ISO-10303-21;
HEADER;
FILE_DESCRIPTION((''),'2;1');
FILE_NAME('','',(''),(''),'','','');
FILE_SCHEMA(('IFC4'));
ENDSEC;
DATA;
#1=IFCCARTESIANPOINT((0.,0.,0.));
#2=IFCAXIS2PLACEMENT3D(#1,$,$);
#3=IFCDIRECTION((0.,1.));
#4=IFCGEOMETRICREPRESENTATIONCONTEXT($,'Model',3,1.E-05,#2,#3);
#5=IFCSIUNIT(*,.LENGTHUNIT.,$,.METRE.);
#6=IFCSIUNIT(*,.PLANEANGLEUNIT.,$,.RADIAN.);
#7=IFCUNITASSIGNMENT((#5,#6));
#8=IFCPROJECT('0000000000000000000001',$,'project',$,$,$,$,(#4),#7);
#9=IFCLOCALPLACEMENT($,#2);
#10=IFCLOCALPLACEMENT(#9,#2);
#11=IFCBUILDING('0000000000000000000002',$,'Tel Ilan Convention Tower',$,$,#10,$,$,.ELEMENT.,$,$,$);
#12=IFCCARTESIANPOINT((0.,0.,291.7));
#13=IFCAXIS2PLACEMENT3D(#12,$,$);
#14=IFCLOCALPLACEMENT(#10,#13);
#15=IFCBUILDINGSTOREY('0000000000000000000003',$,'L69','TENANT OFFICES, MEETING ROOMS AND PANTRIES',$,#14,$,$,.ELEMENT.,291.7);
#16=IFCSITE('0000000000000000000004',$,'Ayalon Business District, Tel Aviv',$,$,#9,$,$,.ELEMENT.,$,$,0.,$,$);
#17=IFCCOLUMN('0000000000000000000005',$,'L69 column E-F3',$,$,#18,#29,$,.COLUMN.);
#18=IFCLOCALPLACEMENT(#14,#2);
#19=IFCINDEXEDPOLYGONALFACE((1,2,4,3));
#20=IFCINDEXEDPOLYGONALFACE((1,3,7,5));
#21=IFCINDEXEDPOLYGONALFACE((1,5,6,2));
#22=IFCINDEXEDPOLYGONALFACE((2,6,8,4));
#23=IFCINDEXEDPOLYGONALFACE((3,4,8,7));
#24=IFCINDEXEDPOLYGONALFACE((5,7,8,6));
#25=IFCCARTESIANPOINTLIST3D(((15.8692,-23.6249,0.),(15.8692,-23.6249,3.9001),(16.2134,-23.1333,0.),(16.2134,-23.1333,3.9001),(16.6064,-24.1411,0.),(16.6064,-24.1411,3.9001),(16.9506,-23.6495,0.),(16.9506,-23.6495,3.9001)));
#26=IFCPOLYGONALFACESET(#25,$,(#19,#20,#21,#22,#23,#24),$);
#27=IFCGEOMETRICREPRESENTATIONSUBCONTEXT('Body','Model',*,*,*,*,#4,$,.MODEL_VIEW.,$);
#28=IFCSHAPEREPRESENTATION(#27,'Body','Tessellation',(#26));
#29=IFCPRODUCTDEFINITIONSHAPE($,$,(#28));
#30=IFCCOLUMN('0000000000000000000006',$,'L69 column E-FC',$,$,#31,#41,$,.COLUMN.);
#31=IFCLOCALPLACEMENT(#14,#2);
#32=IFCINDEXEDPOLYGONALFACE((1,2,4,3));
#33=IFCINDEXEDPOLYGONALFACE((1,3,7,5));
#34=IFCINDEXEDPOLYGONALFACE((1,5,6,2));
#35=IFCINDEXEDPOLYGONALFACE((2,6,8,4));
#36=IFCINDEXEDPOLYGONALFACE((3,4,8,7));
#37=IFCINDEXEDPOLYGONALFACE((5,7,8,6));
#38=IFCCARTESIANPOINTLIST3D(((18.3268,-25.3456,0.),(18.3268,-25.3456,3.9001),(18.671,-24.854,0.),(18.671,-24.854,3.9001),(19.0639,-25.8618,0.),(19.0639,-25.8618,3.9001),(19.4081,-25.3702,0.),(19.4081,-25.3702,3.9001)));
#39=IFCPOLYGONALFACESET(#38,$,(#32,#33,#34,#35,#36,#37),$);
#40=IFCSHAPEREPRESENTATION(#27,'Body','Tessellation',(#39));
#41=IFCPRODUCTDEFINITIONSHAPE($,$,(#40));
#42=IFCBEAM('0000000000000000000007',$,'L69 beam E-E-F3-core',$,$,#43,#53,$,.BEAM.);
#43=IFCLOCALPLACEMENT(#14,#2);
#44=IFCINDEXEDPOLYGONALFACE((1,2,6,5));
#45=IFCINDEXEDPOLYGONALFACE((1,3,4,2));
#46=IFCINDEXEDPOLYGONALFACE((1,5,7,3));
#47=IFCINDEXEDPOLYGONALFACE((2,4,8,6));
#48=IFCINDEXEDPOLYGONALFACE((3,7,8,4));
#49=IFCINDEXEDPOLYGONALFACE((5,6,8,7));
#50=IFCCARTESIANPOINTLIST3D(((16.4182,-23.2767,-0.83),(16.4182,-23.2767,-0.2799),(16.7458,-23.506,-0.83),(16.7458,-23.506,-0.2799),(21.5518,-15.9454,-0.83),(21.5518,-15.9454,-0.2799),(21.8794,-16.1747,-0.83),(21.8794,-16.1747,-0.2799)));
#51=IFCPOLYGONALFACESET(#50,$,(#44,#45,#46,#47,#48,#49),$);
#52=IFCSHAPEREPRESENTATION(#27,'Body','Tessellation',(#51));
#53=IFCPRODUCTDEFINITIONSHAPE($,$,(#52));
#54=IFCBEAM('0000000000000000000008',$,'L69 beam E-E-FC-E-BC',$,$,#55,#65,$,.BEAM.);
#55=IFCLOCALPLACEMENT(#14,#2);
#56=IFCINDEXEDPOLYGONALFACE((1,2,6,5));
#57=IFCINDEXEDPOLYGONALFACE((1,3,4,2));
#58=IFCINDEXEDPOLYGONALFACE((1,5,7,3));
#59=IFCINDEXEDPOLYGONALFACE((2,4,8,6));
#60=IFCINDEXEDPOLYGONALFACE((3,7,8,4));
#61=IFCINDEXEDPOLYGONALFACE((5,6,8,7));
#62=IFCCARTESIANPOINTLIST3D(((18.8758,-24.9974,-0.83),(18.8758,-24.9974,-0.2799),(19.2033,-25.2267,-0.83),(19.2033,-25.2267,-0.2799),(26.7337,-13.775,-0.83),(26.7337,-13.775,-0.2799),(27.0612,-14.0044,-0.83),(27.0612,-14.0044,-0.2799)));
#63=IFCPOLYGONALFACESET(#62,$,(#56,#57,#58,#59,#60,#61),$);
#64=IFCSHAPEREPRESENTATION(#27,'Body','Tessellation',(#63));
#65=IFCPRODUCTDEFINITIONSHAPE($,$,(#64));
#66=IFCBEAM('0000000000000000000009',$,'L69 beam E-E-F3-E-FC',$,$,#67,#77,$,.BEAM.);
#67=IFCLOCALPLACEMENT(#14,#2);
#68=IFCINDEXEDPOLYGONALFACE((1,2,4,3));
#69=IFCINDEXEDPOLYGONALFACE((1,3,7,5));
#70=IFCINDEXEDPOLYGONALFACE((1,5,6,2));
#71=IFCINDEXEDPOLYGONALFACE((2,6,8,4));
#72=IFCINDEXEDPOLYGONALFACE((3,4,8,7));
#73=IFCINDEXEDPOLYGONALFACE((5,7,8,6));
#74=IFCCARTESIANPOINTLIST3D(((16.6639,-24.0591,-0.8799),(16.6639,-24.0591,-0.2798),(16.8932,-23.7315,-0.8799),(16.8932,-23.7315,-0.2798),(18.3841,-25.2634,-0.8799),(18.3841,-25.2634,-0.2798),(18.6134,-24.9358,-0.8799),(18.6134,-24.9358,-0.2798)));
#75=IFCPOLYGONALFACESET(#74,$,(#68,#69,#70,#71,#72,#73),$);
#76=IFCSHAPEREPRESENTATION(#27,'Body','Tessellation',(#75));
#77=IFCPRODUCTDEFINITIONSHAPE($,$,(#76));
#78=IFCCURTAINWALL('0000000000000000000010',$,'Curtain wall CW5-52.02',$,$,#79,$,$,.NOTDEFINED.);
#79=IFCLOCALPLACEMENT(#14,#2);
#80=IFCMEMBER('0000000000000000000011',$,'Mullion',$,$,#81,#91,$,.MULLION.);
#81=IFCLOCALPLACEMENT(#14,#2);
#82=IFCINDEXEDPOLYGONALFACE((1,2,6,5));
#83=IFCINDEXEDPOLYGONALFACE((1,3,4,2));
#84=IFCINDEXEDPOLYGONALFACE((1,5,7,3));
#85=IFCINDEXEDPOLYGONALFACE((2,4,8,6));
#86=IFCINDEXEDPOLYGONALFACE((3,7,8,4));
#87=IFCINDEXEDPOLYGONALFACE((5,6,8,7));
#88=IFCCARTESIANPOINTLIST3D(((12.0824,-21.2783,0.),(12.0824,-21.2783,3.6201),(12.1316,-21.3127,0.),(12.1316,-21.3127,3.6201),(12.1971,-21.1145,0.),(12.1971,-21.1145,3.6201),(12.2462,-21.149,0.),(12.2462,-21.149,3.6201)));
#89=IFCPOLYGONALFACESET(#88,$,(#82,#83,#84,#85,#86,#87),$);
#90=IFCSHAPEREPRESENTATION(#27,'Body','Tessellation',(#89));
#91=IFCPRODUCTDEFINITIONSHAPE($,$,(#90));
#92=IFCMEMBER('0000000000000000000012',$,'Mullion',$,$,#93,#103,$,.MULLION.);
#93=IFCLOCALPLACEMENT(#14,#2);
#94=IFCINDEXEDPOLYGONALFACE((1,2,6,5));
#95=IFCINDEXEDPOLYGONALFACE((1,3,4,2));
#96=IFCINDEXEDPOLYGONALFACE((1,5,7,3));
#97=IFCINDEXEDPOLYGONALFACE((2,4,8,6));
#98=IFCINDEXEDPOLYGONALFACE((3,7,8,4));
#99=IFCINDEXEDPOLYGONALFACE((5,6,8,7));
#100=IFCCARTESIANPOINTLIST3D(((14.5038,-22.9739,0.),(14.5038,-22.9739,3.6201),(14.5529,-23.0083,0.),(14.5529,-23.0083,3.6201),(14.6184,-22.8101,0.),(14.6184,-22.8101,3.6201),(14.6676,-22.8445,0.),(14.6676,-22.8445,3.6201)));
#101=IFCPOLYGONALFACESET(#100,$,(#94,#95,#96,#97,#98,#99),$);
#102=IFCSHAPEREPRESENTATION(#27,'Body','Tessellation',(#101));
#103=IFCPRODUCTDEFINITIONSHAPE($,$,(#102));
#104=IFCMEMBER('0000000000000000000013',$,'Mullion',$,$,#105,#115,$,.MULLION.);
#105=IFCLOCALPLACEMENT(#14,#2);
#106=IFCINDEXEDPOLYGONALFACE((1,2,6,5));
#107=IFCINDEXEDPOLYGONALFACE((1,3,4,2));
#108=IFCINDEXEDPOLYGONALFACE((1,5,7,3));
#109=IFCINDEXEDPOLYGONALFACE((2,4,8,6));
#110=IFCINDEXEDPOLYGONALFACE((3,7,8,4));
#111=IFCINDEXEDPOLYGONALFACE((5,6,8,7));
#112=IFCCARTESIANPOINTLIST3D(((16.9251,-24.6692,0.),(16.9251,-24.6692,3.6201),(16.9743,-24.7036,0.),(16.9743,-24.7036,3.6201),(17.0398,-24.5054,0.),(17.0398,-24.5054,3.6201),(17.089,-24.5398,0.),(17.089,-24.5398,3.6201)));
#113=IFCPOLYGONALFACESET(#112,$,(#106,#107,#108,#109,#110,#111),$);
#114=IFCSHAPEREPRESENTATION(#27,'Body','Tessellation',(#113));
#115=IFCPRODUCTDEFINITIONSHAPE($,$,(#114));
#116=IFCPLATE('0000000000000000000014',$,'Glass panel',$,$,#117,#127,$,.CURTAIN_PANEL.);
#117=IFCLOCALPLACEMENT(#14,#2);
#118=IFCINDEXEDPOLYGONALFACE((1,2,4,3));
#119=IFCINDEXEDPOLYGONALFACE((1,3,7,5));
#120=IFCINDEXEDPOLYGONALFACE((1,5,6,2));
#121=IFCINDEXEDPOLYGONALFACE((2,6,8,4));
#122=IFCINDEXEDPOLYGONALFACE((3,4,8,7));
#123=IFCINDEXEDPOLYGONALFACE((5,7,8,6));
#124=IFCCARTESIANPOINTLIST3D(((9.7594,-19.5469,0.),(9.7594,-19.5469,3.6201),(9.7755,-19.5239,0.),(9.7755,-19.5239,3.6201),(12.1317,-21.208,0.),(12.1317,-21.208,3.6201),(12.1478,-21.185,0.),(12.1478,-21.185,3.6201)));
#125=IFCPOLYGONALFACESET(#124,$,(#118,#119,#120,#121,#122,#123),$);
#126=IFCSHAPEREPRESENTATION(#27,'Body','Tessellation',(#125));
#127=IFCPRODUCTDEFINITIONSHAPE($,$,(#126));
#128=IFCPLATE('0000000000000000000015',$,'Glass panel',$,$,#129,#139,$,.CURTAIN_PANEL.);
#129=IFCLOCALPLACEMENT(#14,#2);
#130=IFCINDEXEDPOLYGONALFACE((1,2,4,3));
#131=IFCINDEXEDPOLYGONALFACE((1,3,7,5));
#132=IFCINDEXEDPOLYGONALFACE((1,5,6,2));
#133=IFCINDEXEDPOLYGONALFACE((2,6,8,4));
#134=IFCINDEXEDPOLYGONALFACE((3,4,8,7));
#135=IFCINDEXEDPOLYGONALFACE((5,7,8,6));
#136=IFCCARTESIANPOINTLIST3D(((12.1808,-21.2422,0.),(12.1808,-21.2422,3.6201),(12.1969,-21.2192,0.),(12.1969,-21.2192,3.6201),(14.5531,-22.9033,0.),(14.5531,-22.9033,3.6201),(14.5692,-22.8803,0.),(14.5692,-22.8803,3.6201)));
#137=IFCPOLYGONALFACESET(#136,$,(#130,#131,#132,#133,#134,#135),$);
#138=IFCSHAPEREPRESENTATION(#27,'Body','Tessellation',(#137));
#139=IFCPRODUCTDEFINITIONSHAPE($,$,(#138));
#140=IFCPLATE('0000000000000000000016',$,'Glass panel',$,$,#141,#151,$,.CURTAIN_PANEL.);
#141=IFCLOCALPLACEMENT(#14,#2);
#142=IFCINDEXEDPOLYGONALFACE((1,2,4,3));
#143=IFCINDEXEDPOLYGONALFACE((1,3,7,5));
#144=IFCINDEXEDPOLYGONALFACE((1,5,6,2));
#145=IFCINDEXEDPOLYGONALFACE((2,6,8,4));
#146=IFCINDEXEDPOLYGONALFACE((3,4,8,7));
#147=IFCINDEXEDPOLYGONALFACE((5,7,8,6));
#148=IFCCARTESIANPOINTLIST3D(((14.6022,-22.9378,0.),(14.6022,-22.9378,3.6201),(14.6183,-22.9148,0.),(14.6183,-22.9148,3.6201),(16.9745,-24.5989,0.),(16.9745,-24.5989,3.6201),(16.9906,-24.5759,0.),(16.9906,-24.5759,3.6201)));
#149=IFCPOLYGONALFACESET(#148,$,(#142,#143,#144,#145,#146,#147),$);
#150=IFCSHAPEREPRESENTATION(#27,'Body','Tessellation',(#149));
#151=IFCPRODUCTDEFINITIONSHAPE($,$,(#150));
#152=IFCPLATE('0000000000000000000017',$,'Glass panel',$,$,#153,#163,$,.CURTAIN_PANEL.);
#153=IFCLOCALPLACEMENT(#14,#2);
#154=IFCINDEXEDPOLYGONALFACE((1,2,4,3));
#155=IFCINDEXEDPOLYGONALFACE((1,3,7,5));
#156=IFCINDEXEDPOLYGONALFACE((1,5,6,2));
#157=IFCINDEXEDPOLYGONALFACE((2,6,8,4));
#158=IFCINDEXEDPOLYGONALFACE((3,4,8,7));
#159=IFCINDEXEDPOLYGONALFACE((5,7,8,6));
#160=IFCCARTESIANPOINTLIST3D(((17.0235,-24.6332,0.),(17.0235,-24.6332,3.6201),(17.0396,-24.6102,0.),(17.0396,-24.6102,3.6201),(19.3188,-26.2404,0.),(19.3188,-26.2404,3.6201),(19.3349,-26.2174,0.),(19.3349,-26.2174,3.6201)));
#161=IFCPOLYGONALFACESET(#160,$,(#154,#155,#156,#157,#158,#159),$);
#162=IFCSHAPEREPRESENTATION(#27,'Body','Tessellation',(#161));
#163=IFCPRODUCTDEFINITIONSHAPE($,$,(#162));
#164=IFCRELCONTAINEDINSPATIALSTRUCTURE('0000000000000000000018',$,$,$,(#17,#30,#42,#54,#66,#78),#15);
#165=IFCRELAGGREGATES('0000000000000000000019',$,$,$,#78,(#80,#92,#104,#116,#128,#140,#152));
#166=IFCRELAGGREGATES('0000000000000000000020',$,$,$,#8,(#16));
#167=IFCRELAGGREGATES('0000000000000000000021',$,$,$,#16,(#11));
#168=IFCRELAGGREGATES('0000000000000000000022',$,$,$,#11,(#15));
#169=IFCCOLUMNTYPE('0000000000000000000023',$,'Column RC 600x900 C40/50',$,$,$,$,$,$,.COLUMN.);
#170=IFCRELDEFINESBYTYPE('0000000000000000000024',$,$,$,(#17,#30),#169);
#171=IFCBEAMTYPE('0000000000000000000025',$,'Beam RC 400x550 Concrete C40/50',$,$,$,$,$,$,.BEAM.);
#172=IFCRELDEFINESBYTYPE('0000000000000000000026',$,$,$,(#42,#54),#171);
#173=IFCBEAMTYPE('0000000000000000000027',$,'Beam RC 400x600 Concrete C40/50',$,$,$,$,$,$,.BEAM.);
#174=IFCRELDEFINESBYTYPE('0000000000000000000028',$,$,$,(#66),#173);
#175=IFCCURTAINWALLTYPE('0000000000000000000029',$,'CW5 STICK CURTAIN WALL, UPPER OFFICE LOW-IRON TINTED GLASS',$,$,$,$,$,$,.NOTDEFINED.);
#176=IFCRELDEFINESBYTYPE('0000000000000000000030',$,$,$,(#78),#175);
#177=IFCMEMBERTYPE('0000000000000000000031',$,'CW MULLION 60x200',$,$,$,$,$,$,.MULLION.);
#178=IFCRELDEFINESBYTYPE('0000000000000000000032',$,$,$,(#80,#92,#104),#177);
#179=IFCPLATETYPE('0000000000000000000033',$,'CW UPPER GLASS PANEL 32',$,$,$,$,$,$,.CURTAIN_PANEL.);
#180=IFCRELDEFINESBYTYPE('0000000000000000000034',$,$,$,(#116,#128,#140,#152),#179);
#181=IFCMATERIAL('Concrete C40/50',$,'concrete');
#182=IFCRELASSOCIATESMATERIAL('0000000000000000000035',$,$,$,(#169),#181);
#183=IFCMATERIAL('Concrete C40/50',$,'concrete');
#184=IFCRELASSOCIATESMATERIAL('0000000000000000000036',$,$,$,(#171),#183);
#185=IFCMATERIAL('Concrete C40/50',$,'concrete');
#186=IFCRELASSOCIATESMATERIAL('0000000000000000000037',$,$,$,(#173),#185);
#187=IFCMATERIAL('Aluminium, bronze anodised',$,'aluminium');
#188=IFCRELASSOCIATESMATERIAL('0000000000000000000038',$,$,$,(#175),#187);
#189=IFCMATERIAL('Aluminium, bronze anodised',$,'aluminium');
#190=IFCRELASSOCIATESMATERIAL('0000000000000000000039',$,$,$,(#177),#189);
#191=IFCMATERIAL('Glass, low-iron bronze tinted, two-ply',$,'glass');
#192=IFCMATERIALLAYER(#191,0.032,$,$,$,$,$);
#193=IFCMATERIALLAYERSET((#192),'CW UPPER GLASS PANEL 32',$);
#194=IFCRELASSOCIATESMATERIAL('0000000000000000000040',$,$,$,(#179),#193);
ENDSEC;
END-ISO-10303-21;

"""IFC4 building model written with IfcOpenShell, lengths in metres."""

from ifc_helpers import new_model, si_unit, direction, frame, origin, origin_2d, place, context, subcontext, project, spatial, rectangle, extrude, material, layer, layer_set, material_profile, profile_set, type_object, element, aggregate, save


model = new_model("IFC4")

# Units and contexts
model_context = context("Model", 3, precision=1e-05, world=origin(), true_north=direction((0.0, 1.0)))
body_context = subcontext(model_context, "Body", "Model", "MODEL_VIEW")
ifc_project = project(units=[si_unit("LENGTHUNIT", "METRE"), si_unit("PLANEANGLEUNIT", "RADIAN")], contexts=[model_context])

# Site, building, storey
site_placement = place(None, origin())
site = spatial("IfcSite", under=ifc_project, at=site_placement, Name="Ayalon Business District, Tel Aviv", CompositionType="ELEMENT", RefElevation=0.0)
building_placement = place(site_placement, origin())
building = spatial("IfcBuilding", under=site, at=building_placement, Name="Tel Ilan Convention Tower", CompositionType="ELEMENT")
storey_placement = place(building_placement, frame((0.0, 0.0, 291.7)))
storey = spatial("IfcBuildingStorey", under=building, at=storey_placement, Name="L69", Description="TENANT OFFICES, MEETING ROOMS AND PANTRIES", CompositionType="ELEMENT", Elevation=291.7)

# Columns
ifc_material_1 = material(Name="Concrete C40/50", Category="concrete")
ifc_material_profile_1 = material_profile(ifc_material_1, rectangle(XDim=0.8999, YDim=0.6001, at=origin_2d()), Name="RC 600x900")
ifc_profile_set_1 = profile_set([ifc_material_profile_1], Name="Concrete C40/50")
column_type = type_object("IfcColumnType", Name="Column RC 600x900 C40/50", PredefinedType="COLUMN", material=ifc_profile_set_1)
for number, where, z_axis, x_axis, name in (
    (1, (16.4099, -23.6372, 0.0), (0.0, 0.0, 1.0), (0.819152, -0.573576, 0.0), "L69 column E-F3"),
    (2, (18.8674, -25.3579, 0.0), (0.0, 0.0, 1.0), (0.819152, -0.573576, 0.0), "L69 column E-FC"),
):
    element("IfcColumn", number, at=place(storey_placement, frame(where, z_axis=z_axis, x_axis=x_axis)), inside=storey, type_object=column_type, Name=name, PredefinedType="COLUMN", context=body_context, shape_type="SweptSolid", body=[
        extrude(rectangle(XDim=0.8999, YDim=0.6001, at=origin_2d()), origin(), (0.0, 0.0, 1.0), 3.9001),
    ])

# Beams
ifc_material_2 = material(Name="Concrete C40/50", Category="concrete")
ifc_material_profile_2 = material_profile(ifc_material_2, rectangle(XDim=0.3999, YDim=0.55, at=origin_2d()), Name="RC 400x550")
ifc_profile_set_2 = profile_set([ifc_material_profile_2], Name="Concrete C40/50")
beam_type_1 = type_object("IfcBeamType", Name="Beam RC 400x550 Concrete C40/50", PredefinedType="BEAM", material=ifc_profile_set_2)
beam_1_placement = place(storey_placement, frame((16.582, -23.3914, -0.5549), z_axis=(0.573585, 0.819146, 0.0), x_axis=(-0.819146, 0.573585, 0.0)))
element("IfcBeam", 3, at=beam_1_placement, inside=storey, type_object=beam_type_1, Name="L69 beam E-E-F3-core", PredefinedType="BEAM", context=body_context, shape_type="SweptSolid", body=[
    extrude(rectangle(XDim=0.3999, YDim=0.55, at=origin_2d()), origin(), (0.0, 0.0, 1.0), 8.95),
])
beam_2_placement = place(storey_placement, frame((19.0396, -25.1121, -0.5549), z_axis=(0.573571, 0.819156, 0.0), x_axis=(-0.819156, 0.573571, 0.0)))
element("IfcBeam", 4, at=beam_2_placement, inside=storey, type_object=beam_type_1, Name="L69 beam E-E-FC-E-BC", PredefinedType="BEAM", context=body_context, shape_type="SweptSolid", body=[
    extrude(rectangle(XDim=0.3999, YDim=0.55, at=origin_2d()), origin(), (0.0, 0.0, 1.0), 13.7),
])
ifc_material_3 = material(Name="Concrete C40/50", Category="concrete")
ifc_material_profile_3 = material_profile(ifc_material_3, rectangle(XDim=0.3999, YDim=0.6001, at=origin_2d()), Name="RC 400x600")
ifc_profile_set_3 = profile_set([ifc_material_profile_3], Name="Concrete C40/50")
beam_type_2 = type_object("IfcBeamType", Name="Beam RC 400x600 Concrete C40/50", PredefinedType="BEAM", material=ifc_profile_set_3)
beam_3_placement = place(storey_placement, frame((16.7786, -23.8953, -0.5798), z_axis=(0.819188, -0.573525, 0.0), x_axis=(0.573525, 0.819188, 0.0)))
element("IfcBeam", 5, at=beam_3_placement, inside=storey, type_object=beam_type_2, Name="L69 beam E-E-F3-E-FC", PredefinedType="BEAM", context=body_context, shape_type="SweptSolid", body=[
    extrude(rectangle(XDim=0.3999, YDim=0.6001, at=origin_2d()), origin(), (0.0, 0.0, 1.0), 2.0999),
])

# Curtain wall, members, plates
ifc_material_4 = material(Name="Aluminium, bronze anodised", Category="aluminium")
curtain_wall_type = type_object("IfcCurtainWallType", Name="CW5 STICK CURTAIN WALL, UPPER OFFICE LOW-IRON TINTED GLASS", PredefinedType="NOTDEFINED", material=ifc_material_4)
curtain_wall_placement = place(storey_placement, origin())
curtain_wall = element("IfcCurtainWall", 6, at=curtain_wall_placement, inside=storey, type_object=curtain_wall_type, Name="Curtain wall CW5-52.02", PredefinedType="NOTDEFINED")
ifc_material_5 = material(Name="Aluminium, bronze anodised", Category="aluminium")
ifc_material_profile_4 = material_profile(ifc_material_5, rectangle(XDim=0.0601, YDim=0.2, at=origin_2d()), Name="CW MULLION 60x200")
ifc_profile_set_4 = profile_set([ifc_material_profile_4], Name="Aluminium, bronze anodised")
member_type = type_object("IfcMemberType", Name="CW MULLION 60x200", PredefinedType="MULLION", material=ifc_profile_set_4)
member_1_placement = place(storey_placement, frame((12.1643, -21.2136, 0.0), z_axis=(0.0, 0.0, 1.0), x_axis=(0.819152, -0.573576, 0.0)))
member_1 = element("IfcMember", 7, at=member_1_placement, type_object=member_type, Name="Mullion", PredefinedType="MULLION", context=body_context, shape_type="SweptSolid", body=[
    extrude(rectangle(XDim=0.0601, YDim=0.2, at=origin_2d()), origin(), (0.0, 0.0, 1.0), 3.6201),
])
member_2_placement = place(storey_placement, frame((14.5857, -22.9092, 0.0), z_axis=(0.0, 0.0, 1.0), x_axis=(0.819152, -0.573576, 0.0)))
member_2 = element("IfcMember", 8, at=member_2_placement, type_object=member_type, Name="Mullion", PredefinedType="MULLION", context=body_context, shape_type="SweptSolid", body=[
    extrude(rectangle(XDim=0.0601, YDim=0.2, at=origin_2d()), origin(), (0.0, 0.0, 1.0), 3.6201),
])
member_3_placement = place(storey_placement, frame((17.0071, -24.6045, 0.0), z_axis=(0.0, 0.0, 1.0), x_axis=(0.819152, -0.573576, 0.0)))
member_3 = element("IfcMember", 9, at=member_3_placement, type_object=member_type, Name="Mullion", PredefinedType="MULLION", context=body_context, shape_type="SweptSolid", body=[
    extrude(rectangle(XDim=0.0601, YDim=0.2, at=origin_2d()), origin(), (0.0, 0.0, 1.0), 3.6201),
])
ifc_material_6 = material(Name="Glass, low-iron bronze tinted, two-ply", Category="glass")
ifc_layer_1 = layer(ifc_material_6, 0.032)
ifc_layer_set_1 = layer_set([ifc_layer_1], Name="CW UPPER GLASS PANEL 32")
plate_type = type_object("IfcPlateType", Name="CW UPPER GLASS PANEL 32", PredefinedType="CURTAIN_PANEL", material=ifc_layer_set_1)
plate_1_placement = place(storey_placement, frame((10.9536, -20.366, 0.0), z_axis=(0.0, 0.0, 1.0), x_axis=(0.819152, -0.573576, 0.0)))
plate_1 = element("IfcPlate", 10, at=plate_1_placement, type_object=plate_type, Name="Glass panel", PredefinedType="CURTAIN_PANEL", context=body_context, shape_type="SweptSolid", body=[
    extrude(rectangle(XDim=2.896, YDim=0.0281, at=origin_2d()), origin(), (0.0, 0.0, 1.0), 3.6201),
])
plate_2_placement = place(storey_placement, frame((13.375, -22.0613, 0.0), z_axis=(0.0, 0.0, 1.0), x_axis=(0.819152, -0.573576, 0.0)))
plate_2 = element("IfcPlate", 11, at=plate_2_placement, type_object=plate_type, Name="Glass panel", PredefinedType="CURTAIN_PANEL", context=body_context, shape_type="SweptSolid", body=[
    extrude(rectangle(XDim=2.896, YDim=0.0281, at=origin_2d()), origin(), (0.0, 0.0, 1.0), 3.6201),
])
plate_3_placement = place(storey_placement, frame((15.7964, -23.7568, 0.0), z_axis=(0.0, 0.0, 1.0), x_axis=(0.819152, -0.573576, 0.0)))
plate_3 = element("IfcPlate", 12, at=plate_3_placement, type_object=plate_type, Name="Glass panel", PredefinedType="CURTAIN_PANEL", context=body_context, shape_type="SweptSolid", body=[
    extrude(rectangle(XDim=2.896, YDim=0.0281, at=origin_2d()), origin(), (0.0, 0.0, 1.0), 3.6201),
])
plate_4_placement = place(storey_placement, frame((18.1792, -25.4253, 0.0), z_axis=(0.0, 0.0, 1.0), x_axis=(0.819152, -0.573576, 0.0)))
plate_4 = element("IfcPlate", 13, at=plate_4_placement, type_object=plate_type, Name="Glass panel", PredefinedType="CURTAIN_PANEL", context=body_context, shape_type="SweptSolid", body=[
    extrude(rectangle(XDim=2.802, YDim=0.0281, at=origin_2d()), origin(), (0.0, 0.0, 1.0), 3.6201),
])
aggregate(curtain_wall, [member_1, member_2, member_3, plate_1, plate_2, plate_3, plate_4])

save(model, "model.ifc")
